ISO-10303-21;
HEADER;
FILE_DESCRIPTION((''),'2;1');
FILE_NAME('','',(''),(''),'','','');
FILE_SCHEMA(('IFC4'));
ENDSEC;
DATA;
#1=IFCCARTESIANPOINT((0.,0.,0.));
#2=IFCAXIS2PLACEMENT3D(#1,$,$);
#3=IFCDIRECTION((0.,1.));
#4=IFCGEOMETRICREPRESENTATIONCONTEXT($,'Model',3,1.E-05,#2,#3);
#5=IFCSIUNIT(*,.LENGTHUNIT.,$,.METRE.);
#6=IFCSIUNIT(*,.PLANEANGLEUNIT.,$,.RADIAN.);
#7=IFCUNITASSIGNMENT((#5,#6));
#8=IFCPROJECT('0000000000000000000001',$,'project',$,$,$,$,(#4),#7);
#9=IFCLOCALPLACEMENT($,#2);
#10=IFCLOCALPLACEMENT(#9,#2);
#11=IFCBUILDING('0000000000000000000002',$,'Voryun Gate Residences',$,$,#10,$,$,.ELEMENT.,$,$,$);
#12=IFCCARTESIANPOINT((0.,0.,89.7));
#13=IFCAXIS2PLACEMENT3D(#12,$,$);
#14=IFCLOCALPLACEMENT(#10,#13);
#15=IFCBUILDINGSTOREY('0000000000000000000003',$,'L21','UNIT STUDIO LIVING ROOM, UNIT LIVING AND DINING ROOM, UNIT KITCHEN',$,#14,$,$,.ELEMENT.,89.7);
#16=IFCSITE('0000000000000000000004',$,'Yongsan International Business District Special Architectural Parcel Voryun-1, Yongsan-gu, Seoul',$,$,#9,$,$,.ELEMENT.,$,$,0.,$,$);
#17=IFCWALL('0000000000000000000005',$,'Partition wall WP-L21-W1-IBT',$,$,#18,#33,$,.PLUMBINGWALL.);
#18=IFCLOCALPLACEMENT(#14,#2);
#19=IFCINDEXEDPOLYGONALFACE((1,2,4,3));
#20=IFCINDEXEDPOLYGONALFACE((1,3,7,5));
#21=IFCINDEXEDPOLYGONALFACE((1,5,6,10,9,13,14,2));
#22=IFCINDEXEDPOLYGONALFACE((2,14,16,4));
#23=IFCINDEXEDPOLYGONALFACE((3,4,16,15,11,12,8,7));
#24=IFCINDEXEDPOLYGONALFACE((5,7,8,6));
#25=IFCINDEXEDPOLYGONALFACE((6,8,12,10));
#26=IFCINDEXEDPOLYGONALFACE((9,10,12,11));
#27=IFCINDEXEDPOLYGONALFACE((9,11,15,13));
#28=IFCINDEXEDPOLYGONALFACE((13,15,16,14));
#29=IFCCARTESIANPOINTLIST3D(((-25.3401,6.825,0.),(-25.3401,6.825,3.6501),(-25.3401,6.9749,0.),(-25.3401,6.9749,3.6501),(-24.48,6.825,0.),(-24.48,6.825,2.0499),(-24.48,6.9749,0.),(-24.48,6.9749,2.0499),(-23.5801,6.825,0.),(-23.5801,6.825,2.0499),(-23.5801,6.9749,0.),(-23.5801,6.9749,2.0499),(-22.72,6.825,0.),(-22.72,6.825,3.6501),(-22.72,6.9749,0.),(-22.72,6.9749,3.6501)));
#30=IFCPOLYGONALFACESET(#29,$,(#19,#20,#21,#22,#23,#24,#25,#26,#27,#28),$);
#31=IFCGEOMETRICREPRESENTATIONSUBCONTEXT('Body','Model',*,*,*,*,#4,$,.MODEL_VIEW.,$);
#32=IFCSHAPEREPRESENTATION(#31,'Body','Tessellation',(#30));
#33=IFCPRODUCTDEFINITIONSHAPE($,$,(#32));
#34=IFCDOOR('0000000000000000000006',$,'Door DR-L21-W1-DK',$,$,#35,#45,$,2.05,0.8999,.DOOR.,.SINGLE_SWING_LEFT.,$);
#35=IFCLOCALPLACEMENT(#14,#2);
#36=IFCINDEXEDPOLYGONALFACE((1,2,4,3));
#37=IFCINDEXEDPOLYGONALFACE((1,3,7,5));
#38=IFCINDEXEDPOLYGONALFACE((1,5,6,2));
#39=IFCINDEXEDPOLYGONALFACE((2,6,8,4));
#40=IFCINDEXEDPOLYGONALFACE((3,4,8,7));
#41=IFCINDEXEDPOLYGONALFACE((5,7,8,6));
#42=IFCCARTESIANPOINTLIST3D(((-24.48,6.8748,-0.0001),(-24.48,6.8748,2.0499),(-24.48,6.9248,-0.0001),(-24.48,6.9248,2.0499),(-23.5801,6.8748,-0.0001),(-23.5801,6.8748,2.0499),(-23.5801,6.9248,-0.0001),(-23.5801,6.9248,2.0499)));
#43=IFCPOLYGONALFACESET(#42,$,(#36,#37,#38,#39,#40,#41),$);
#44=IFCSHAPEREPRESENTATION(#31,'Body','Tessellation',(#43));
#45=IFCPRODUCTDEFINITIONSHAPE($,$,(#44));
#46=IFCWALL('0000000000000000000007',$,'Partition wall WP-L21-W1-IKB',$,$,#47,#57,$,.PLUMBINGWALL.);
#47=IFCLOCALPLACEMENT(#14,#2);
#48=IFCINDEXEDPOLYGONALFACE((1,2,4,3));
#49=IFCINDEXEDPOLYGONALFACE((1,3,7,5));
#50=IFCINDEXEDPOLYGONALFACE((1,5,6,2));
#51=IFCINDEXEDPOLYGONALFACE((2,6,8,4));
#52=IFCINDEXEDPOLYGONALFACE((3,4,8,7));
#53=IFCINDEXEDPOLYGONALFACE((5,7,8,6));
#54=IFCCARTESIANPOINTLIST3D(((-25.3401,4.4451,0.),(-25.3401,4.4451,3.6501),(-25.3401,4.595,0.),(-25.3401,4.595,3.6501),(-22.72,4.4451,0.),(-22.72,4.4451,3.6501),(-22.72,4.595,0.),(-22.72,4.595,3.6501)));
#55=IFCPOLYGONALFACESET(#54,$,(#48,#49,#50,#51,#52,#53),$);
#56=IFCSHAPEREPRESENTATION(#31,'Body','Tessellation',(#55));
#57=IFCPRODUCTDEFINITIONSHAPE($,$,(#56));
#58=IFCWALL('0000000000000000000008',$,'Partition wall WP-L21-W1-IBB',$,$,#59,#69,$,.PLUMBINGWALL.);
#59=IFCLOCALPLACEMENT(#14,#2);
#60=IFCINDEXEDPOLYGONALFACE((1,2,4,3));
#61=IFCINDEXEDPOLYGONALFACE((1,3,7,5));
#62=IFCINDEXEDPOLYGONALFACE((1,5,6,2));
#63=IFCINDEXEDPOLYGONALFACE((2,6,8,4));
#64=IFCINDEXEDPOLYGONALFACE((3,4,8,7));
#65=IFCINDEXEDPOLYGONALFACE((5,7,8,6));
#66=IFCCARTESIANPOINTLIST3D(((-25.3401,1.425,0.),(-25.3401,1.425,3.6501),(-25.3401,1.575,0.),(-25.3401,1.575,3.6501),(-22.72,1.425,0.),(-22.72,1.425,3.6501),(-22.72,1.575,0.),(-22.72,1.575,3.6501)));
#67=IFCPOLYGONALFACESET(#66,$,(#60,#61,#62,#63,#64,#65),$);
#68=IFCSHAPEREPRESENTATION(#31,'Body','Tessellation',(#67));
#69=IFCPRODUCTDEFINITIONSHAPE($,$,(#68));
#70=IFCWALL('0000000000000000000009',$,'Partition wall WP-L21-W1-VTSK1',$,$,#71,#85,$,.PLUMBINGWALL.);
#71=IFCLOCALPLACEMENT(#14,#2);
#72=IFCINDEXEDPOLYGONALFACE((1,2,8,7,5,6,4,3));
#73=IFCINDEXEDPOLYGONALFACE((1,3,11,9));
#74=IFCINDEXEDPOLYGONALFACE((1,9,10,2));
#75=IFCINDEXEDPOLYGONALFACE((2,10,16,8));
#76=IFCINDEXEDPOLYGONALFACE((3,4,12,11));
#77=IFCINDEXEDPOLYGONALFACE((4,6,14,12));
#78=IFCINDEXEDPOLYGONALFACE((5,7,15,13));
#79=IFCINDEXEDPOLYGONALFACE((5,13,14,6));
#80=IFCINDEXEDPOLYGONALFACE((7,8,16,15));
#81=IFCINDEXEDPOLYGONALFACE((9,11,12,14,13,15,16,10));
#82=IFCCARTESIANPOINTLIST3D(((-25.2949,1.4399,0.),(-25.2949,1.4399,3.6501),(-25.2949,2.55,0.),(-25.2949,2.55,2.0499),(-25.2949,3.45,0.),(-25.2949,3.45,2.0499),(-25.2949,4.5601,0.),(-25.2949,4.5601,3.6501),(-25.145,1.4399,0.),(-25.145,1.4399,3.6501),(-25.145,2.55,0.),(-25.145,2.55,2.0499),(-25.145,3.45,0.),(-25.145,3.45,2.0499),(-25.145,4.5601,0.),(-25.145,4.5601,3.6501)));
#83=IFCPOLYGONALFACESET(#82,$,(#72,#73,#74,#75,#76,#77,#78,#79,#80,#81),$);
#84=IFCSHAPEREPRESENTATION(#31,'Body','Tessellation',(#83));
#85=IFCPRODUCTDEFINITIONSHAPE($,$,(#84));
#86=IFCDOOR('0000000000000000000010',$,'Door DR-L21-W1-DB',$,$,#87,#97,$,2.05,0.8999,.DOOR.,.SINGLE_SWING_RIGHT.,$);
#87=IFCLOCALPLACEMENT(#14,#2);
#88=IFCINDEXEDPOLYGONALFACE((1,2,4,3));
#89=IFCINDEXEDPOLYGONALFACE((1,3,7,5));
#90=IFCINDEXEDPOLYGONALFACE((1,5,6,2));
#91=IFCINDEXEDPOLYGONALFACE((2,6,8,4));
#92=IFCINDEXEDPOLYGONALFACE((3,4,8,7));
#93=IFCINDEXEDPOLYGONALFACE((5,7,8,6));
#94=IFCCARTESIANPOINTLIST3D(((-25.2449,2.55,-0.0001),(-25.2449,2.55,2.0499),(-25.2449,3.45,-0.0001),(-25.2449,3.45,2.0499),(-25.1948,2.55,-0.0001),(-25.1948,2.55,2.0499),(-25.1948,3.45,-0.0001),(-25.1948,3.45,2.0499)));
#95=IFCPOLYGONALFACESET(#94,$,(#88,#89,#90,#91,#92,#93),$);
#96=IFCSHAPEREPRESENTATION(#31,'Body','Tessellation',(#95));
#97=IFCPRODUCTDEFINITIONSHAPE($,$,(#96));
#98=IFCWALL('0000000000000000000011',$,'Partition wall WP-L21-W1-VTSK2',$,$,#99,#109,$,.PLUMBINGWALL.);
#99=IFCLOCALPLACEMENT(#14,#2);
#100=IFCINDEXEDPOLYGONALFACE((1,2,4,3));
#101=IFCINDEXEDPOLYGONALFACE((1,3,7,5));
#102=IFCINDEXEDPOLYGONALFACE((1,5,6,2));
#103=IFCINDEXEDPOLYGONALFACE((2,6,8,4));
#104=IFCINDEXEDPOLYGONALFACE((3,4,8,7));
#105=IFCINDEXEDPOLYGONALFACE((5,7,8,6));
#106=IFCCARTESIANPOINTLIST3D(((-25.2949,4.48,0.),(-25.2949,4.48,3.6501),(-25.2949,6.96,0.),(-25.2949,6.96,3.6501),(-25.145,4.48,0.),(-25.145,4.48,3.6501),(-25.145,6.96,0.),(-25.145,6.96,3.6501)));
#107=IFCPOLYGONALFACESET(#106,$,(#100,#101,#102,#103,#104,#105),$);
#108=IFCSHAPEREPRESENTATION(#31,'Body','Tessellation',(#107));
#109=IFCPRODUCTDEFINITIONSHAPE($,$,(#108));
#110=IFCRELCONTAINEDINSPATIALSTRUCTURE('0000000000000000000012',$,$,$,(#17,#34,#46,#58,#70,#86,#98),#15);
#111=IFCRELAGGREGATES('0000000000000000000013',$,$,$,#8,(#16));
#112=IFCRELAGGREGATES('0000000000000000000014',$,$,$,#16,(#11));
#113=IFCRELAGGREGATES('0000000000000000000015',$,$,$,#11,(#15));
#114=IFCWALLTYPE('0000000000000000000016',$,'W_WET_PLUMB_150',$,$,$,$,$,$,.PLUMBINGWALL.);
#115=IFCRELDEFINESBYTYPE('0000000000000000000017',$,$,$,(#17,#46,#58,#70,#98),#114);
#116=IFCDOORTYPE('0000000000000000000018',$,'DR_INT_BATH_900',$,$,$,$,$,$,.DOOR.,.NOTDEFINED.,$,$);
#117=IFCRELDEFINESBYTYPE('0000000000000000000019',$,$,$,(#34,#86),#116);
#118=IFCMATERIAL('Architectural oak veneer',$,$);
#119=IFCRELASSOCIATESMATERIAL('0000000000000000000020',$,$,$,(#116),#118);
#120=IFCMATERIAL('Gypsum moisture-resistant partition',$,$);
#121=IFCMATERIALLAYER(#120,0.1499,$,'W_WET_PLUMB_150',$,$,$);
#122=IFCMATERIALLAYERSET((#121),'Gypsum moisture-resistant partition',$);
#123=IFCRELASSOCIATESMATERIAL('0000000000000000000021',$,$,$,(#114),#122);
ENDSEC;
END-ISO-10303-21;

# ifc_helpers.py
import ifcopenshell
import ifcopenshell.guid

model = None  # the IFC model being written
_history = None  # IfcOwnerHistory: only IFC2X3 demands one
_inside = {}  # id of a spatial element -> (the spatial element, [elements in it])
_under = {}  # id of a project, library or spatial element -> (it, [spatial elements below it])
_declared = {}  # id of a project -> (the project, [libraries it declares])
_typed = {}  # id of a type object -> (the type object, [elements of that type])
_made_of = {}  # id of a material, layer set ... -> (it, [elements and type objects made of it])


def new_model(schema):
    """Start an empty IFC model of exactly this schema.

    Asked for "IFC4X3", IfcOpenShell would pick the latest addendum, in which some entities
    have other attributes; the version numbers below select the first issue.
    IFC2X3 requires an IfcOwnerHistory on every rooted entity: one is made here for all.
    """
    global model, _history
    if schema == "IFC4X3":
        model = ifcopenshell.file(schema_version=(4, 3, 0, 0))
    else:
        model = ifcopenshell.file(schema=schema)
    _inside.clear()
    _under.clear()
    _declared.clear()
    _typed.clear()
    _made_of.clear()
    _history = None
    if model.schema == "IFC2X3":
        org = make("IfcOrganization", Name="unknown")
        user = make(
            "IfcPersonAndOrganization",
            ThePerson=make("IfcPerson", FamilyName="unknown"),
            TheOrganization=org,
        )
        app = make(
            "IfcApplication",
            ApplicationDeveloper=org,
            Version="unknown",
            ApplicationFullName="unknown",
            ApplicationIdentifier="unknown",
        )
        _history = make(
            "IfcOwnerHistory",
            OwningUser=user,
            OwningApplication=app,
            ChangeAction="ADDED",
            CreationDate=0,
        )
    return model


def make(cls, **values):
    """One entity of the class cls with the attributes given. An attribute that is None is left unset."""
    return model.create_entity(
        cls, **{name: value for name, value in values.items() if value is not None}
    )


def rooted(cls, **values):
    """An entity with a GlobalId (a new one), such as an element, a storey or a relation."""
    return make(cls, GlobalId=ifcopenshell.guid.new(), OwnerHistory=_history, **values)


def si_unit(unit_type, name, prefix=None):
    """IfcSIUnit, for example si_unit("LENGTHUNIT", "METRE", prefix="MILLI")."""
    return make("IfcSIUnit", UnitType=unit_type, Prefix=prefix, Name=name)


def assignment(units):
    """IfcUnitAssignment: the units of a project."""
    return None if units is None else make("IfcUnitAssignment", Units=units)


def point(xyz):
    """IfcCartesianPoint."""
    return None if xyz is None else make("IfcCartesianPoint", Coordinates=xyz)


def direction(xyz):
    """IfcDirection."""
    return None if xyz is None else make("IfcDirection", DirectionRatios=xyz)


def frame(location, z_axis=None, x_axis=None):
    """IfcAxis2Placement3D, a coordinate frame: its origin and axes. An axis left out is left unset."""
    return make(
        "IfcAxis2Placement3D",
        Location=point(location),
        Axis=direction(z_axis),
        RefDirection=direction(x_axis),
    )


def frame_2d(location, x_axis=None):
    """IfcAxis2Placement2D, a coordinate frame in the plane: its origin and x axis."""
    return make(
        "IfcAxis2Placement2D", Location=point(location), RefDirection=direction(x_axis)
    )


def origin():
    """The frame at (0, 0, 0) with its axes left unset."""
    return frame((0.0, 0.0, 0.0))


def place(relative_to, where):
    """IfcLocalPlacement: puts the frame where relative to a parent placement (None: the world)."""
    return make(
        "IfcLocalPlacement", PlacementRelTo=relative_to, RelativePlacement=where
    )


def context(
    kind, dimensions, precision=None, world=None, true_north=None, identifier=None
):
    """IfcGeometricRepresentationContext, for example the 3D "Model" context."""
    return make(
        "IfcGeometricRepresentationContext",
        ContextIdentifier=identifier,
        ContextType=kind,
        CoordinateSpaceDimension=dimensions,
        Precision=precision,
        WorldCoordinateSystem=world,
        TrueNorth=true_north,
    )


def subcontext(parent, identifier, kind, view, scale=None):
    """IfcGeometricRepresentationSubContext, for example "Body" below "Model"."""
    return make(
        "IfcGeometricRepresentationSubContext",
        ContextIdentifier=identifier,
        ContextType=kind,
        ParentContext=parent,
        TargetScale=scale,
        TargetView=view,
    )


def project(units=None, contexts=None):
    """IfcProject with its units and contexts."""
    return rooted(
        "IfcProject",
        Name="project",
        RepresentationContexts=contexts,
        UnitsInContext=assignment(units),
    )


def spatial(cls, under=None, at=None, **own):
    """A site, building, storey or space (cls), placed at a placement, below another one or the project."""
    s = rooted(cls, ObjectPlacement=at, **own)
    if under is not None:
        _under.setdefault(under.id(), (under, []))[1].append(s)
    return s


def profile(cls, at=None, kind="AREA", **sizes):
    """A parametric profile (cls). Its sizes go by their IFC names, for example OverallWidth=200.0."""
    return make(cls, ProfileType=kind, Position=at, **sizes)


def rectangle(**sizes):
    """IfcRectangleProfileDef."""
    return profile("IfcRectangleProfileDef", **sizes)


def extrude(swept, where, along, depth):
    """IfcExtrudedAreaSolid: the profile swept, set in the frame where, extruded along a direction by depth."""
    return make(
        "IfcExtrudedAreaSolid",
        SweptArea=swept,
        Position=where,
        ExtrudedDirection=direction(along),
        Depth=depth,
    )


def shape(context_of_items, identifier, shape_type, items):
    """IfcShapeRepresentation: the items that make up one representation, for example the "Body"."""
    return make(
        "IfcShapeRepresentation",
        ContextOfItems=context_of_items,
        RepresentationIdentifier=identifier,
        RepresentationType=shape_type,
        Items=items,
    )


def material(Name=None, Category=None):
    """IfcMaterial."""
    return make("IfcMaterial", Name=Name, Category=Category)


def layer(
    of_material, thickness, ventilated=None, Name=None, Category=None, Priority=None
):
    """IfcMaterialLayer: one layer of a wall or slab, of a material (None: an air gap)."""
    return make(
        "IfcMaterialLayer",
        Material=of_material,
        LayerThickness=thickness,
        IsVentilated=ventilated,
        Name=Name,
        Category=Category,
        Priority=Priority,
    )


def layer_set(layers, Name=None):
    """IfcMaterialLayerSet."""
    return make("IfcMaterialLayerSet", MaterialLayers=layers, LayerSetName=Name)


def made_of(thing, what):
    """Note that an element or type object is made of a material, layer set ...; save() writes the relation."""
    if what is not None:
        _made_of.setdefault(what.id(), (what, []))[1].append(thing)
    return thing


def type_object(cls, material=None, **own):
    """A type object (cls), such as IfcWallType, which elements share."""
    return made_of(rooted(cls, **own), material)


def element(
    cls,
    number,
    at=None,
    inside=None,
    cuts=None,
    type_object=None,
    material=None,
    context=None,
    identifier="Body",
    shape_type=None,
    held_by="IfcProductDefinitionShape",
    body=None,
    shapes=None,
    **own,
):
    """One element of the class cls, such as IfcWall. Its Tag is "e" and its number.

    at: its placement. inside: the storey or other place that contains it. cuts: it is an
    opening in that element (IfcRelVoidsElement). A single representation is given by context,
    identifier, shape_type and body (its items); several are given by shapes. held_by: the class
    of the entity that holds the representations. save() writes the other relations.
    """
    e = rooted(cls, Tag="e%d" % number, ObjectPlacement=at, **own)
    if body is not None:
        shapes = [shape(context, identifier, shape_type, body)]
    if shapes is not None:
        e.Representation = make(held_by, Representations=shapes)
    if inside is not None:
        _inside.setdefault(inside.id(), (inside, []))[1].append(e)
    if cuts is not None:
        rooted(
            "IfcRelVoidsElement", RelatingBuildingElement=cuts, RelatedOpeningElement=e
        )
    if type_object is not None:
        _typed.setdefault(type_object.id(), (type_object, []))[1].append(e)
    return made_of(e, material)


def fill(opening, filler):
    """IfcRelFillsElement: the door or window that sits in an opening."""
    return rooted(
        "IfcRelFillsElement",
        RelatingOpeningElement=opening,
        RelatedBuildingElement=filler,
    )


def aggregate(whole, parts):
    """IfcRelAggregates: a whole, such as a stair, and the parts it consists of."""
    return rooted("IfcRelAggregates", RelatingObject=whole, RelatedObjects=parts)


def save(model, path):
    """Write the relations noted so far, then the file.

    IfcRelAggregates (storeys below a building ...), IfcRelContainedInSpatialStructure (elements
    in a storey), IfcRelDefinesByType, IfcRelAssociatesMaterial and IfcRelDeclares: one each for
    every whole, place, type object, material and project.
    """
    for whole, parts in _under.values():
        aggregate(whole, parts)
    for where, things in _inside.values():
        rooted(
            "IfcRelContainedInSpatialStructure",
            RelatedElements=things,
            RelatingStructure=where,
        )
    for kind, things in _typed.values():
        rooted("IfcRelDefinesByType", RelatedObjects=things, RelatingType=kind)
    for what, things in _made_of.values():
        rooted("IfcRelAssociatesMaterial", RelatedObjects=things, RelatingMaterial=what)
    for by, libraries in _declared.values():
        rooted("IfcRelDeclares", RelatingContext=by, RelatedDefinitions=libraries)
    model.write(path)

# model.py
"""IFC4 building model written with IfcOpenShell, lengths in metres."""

from ifc_helpers import new_model, si_unit, direction, frame, frame_2d, origin, place, context, subcontext, project, spatial, rectangle, extrude, material, layer, layer_set, type_object, element, fill, save


model = new_model("IFC4")

# Units and contexts
model_context = context("Model", 3, precision=1e-05, world=origin(), true_north=direction((0.0, 1.0)))
body_context = subcontext(model_context, "Body", "Model", "MODEL_VIEW")
ifc_project = project(units=[si_unit("LENGTHUNIT", "METRE"), si_unit("PLANEANGLEUNIT", "RADIAN")], contexts=[model_context])

# Site, building, storey
site_placement = place(None, origin())
site = spatial("IfcSite", under=ifc_project, at=site_placement, Name="Yongsan International Business District Special Architectural Parcel Voryun-1, Yongsan-gu, Seoul", CompositionType="ELEMENT", RefElevation=0.0)
building_placement = place(site_placement, origin())
building = spatial("IfcBuilding", under=site, at=building_placement, Name="Voryun Gate Residences", CompositionType="ELEMENT")
storey_placement = place(building_placement, frame((0.0, 0.0, 89.7)))
storey = spatial("IfcBuildingStorey", under=building, at=storey_placement, Name="L21", Description="UNIT STUDIO LIVING ROOM, UNIT LIVING AND DINING ROOM, UNIT KITCHEN", CompositionType="ELEMENT", Elevation=89.7)

# Wall, opening, door
ifc_material_1 = material(Name="Architectural oak veneer")
door_type_1 = type_object("IfcDoorType", Name="DR_INT_BATH_900", OperationType="NOTDEFINED", PredefinedType="DOOR", material=ifc_material_1)
ifc_material_2 = material(Name="Gypsum moisture-resistant partition")
ifc_layer_1 = layer(ifc_material_2, 0.1499, Name="W_WET_PLUMB_150")
ifc_layer_set_1 = layer_set([ifc_layer_1], Name="Gypsum moisture-resistant partition")
wall_type_1 = type_object("IfcWallType", Name="W_WET_PLUMB_150", PredefinedType="PLUMBINGWALL", material=ifc_layer_set_1)
wall_1_placement = place(storey_placement, frame((-25.3401, 6.8999, 0.0), z_axis=(0.0, 0.0, 1.0), x_axis=(1.0, 0.0, 0.0)))
wall_1 = element("IfcWall", 1, at=wall_1_placement, inside=storey, type_object=wall_type_1, Name="Partition wall WP-L21-W1-IBT", PredefinedType="PLUMBINGWALL", context=body_context, shape_type="SweptSolid", body=[
    extrude(rectangle(XDim=2.6201, YDim=0.1499, at=frame_2d((1.3101, 0.0))), origin(), (0.0, 0.0, 1.0), 3.6501),
])
opening_1_placement = place(wall_1_placement, frame((0.8601, 0.0, 0.0)))
opening_1 = element("IfcOpeningElement", 2, at=opening_1_placement, cuts=wall_1, PredefinedType="OPENING", context=body_context, shape_type="SweptSolid", body=[
    extrude(rectangle(XDim=0.8999, YDim=2.05, at=frame_2d((0.45, 1.0249))), frame((0.0, 0.085, 0.0), z_axis=(0.0, -1.0, 0.0), x_axis=(1.0, 0.0, 0.0)), (0.0, 0.0, 1.0), 0.1699),
])
door_1_placement = place(opening_1_placement, origin())
door_1 = element("IfcDoor", 3, at=door_1_placement, inside=storey, type_object=door_type_1, Name="Door DR-L21-W1-DK", OperationType="SINGLE_SWING_LEFT", OverallHeight=2.05, OverallWidth=0.8999, PredefinedType="DOOR", context=body_context, shape_type="SweptSolid", body=[
    extrude(rectangle(XDim=0.8999, YDim=2.05, at=frame_2d((0.45, 1.0249))), frame((0.0, 0.0249, 0.0), z_axis=(0.0, -1.0, 0.0), x_axis=(1.0, 0.0, 0.0)), (0.0, 0.0, 1.0), 0.05),
])
fill(opening_1, door_1)

# Walls
for number, where, z_axis, x_axis, name in (
    (4, (-25.3401, 4.52, 0.0), (0.0, 0.0, 1.0), (1.0, 0.0, 0.0), "Partition wall WP-L21-W1-IKB"),
    (5, (-25.3401, 1.5, 0.0), (0.0, 0.0, 1.0), (1.0, 0.0, 0.0), "Partition wall WP-L21-W1-IBB"),
):
    element("IfcWall", number, at=place(storey_placement, frame(where, z_axis=z_axis, x_axis=x_axis)), inside=storey, type_object=wall_type_1, Name=name, PredefinedType="PLUMBINGWALL", context=body_context, shape_type="SweptSolid", body=[
        extrude(rectangle(XDim=2.6201, YDim=0.1499, at=frame_2d((1.3101, 0.0))), origin(), (0.0, 0.0, 1.0), 3.6501),
    ])

# Wall, opening, door
wall_2_placement = place(storey_placement, frame((-25.22, 1.4399, 0.0), z_axis=(0.0, 0.0, 1.0), x_axis=(0.0, 1.0, 0.0)))
wall_2 = element("IfcWall", 6, at=wall_2_placement, inside=storey, type_object=wall_type_1, Name="Partition wall WP-L21-W1-VTSK1", PredefinedType="PLUMBINGWALL", context=body_context, shape_type="SweptSolid", body=[
    extrude(rectangle(XDim=3.1201, YDim=0.1499, at=frame_2d((1.5601, 0.0))), origin(), (0.0, 0.0, 1.0), 3.6501),
])
opening_2_placement = place(wall_2_placement, frame((1.1101, 0.0, 0.0)))
opening_2 = element("IfcOpeningElement", 7, at=opening_2_placement, cuts=wall_2, PredefinedType="OPENING", context=body_context, shape_type="SweptSolid", body=[
    extrude(rectangle(XDim=0.8999, YDim=2.05, at=frame_2d((0.45, 1.0249))), frame((0.0, 0.085, 0.0), z_axis=(0.0, -1.0, 0.0), x_axis=(1.0, 0.0, 0.0)), (0.0, 0.0, 1.0), 0.1699),
])
door_2_placement = place(opening_2_placement, origin())
door_2 = element("IfcDoor", 8, at=door_2_placement, inside=storey, type_object=door_type_1, Name="Door DR-L21-W1-DB", OperationType="SINGLE_SWING_RIGHT", OverallHeight=2.05, OverallWidth=0.8999, PredefinedType="DOOR", context=body_context, shape_type="SweptSolid", body=[
    extrude(rectangle(XDim=0.8999, YDim=2.05, at=frame_2d((0.45, 1.0249))), frame((0.0, 0.0249, 0.0), z_axis=(0.0, -1.0, 0.0), x_axis=(1.0, 0.0, 0.0)), (0.0, 0.0, 1.0), 0.05),
])
fill(opening_2, door_2)

# Wall
wall_3_placement = place(storey_placement, frame((-25.22, 4.48, 0.0), z_axis=(0.0, 0.0, 1.0), x_axis=(0.0, 1.0, 0.0)))
element("IfcWall", 9, at=wall_3_placement, inside=storey, type_object=wall_type_1, Name="Partition wall WP-L21-W1-VTSK2", PredefinedType="PLUMBINGWALL", context=body_context, shape_type="SweptSolid", body=[
    extrude(rectangle(XDim=2.48, YDim=0.1499, at=frame_2d((1.24, 0.0))), origin(), (0.0, 0.0, 1.0), 3.6501),
])

save(model, "model.ifc")
